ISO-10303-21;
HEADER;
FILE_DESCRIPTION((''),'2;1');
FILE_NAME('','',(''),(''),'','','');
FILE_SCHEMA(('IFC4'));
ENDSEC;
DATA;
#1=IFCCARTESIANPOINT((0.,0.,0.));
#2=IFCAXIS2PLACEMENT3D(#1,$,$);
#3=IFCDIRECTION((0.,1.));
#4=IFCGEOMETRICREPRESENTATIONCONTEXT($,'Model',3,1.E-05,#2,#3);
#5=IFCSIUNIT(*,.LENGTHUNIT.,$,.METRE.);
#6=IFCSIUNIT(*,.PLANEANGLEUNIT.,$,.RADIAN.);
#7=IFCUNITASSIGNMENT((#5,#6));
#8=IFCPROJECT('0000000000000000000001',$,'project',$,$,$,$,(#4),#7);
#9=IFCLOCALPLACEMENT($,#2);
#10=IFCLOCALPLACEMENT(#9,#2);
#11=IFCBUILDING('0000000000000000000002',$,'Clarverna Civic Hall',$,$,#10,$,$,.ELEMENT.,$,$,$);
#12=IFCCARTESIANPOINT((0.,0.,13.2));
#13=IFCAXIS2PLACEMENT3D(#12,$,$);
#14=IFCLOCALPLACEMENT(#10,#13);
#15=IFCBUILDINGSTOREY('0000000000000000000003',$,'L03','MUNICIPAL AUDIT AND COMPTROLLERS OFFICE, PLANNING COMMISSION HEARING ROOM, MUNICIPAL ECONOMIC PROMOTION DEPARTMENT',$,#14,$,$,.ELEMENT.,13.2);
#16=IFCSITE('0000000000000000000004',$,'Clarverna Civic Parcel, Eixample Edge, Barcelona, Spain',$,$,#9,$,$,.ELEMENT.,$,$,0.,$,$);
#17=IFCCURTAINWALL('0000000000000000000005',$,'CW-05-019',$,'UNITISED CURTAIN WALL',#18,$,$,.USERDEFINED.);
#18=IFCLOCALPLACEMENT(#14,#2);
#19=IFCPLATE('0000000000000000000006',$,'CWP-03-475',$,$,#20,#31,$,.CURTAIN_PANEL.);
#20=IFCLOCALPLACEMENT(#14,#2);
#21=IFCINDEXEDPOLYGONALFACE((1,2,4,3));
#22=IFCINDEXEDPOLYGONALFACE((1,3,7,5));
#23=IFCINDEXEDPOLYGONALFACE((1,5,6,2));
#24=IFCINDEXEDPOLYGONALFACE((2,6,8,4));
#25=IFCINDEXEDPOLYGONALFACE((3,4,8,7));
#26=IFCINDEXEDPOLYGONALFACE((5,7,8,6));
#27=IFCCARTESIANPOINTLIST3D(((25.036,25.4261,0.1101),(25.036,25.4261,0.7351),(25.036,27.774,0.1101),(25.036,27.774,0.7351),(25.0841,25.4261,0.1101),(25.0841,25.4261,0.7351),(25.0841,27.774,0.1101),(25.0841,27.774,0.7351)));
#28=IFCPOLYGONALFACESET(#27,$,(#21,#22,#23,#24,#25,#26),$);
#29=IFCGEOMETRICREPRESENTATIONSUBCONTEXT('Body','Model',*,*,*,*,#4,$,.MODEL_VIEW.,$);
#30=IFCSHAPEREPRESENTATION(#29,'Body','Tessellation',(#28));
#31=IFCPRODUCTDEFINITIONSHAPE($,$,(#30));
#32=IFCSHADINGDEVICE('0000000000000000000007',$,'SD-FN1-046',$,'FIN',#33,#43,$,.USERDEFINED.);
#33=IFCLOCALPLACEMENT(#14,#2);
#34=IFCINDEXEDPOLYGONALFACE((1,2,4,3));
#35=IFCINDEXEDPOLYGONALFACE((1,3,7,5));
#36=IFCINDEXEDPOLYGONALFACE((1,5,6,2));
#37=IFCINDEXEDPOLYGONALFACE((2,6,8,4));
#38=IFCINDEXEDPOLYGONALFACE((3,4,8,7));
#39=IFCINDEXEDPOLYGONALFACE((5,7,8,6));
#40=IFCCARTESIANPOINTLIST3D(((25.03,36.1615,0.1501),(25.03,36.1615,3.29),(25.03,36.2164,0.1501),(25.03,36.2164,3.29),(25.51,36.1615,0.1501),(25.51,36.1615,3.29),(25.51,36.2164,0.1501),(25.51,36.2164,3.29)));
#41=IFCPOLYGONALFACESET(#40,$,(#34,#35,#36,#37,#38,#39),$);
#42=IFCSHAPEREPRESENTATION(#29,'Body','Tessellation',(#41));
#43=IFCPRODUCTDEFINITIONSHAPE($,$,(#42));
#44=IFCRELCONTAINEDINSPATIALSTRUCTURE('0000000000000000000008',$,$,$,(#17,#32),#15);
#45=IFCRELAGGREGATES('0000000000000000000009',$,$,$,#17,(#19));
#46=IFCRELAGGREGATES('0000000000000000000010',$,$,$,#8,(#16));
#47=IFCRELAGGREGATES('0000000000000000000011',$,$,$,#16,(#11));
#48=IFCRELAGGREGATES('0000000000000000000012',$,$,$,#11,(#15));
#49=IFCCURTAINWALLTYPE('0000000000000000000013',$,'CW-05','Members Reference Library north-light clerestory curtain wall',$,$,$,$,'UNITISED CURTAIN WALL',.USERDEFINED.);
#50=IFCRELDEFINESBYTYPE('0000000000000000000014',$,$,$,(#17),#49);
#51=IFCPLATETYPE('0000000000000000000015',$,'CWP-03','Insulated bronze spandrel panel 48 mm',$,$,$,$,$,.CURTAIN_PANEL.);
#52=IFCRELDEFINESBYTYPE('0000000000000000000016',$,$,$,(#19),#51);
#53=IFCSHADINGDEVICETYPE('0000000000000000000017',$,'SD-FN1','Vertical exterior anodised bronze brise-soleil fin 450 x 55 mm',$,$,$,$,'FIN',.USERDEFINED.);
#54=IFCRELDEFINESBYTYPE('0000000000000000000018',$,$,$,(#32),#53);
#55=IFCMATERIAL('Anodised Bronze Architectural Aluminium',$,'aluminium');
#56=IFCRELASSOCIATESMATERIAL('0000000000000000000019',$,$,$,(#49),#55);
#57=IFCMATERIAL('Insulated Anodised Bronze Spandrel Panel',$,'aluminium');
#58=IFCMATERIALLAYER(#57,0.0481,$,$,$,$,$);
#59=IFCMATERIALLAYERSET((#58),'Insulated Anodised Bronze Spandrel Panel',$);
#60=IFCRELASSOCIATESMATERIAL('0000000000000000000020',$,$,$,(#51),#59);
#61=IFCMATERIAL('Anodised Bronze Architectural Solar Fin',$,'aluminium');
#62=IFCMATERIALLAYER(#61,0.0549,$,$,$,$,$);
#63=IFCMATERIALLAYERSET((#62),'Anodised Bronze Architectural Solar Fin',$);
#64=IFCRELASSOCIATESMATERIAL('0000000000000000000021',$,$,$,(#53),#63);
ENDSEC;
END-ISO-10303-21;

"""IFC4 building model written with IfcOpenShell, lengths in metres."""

from ifc_helpers import new_model, si_unit, direction, frame, frame_2d, origin, place, context, subcontext, project, spatial, rectangle, extrude, material, layer, layer_set, type_object, element, aggregate, save


model = new_model("IFC4")

# Units and contexts
model_context = context("Model", 3, precision=1e-05, world=origin(), true_north=direction((0.0, 1.0)))
body_context = subcontext(model_context, "Body", "Model", "MODEL_VIEW")
ifc_project = project(units=[si_unit("LENGTHUNIT", "METRE"), si_unit("PLANEANGLEUNIT", "RADIAN")], contexts=[model_context])

# Site, building, storey
site_placement = place(None, origin())
site = spatial("IfcSite", under=ifc_project, at=site_placement, Name="Clarverna Civic Parcel, Eixample Edge, Barcelona, Spain", CompositionType="ELEMENT", RefElevation=0.0)
building_placement = place(site_placement, origin())
building = spatial("IfcBuilding", under=site, at=building_placement, Name="Clarverna Civic Hall", CompositionType="ELEMENT")
storey_placement = place(building_placement, frame((0.0, 0.0, 13.2)))
storey = spatial("IfcBuildingStorey", under=building, at=storey_placement, Name="L03", Description="MUNICIPAL AUDIT AND COMPTROLLERS OFFICE, PLANNING COMMISSION HEARING ROOM, MUNICIPAL ECONOMIC PROMOTION DEPARTMENT", CompositionType="ELEMENT", Elevation=13.2)

# Shared definitions
ifc_material_1 = material(Name="Anodised Bronze Architectural Aluminium", Category="aluminium")
curtain_wall_type = type_object("IfcCurtainWallType", Name="CW-05", Description="Members Reference Library north-light clerestory curtain wall", ElementType="UNITISED CURTAIN WALL", PredefinedType="USERDEFINED", material=ifc_material_1)

# Curtain wall
curtain_wall_1_placement = place(storey_placement, origin())
curtain_wall_1 = element("IfcCurtainWall", 1, at=curtain_wall_1_placement, inside=storey, type_object=curtain_wall_type, Name="CW-05-019", ObjectType="UNITISED CURTAIN WALL", PredefinedType="USERDEFINED")

# Plate
ifc_material_2 = material(Name="Insulated Anodised Bronze Spandrel Panel", Category="aluminium")
ifc_layer_1 = layer(ifc_material_2, 0.0481)
ifc_layer_set_1 = layer_set([ifc_layer_1], Name="Insulated Anodised Bronze Spandrel Panel")
plate_type_1 = type_object("IfcPlateType", Name="CWP-03", Description="Insulated bronze spandrel panel 48 mm", PredefinedType="CURTAIN_PANEL", material=ifc_layer_set_1)
plate_1_placement = place(storey_placement, frame((25.0601, 27.7739, 0.1101), z_axis=(0.0, 0.0, 1.0), x_axis=(0.0, -1.0, 0.0)))
plate_1 = element("IfcPlate", 2, at=plate_1_placement, type_object=plate_type_1, Name="CWP-03-475", PredefinedType="CURTAIN_PANEL", context=body_context, shape_type="SweptSolid", body=[
    extrude(rectangle(XDim=2.3479, YDim=0.0481, at=frame_2d((1.1738, 0.0))), origin(), (0.0, 0.0, 1.0), 0.625),
])
aggregate(curtain_wall_1, [plate_1])

# Shading device
ifc_material_3 = material(Name="Anodised Bronze Architectural Solar Fin", Category="aluminium")
ifc_layer_2 = layer(ifc_material_3, 0.0549)
ifc_layer_set_2 = layer_set([ifc_layer_2], Name="Anodised Bronze Architectural Solar Fin")
shading_device_type = type_object("IfcShadingDeviceType", Name="SD-FN1", Description="Vertical exterior anodised bronze brise-soleil fin 450 x 55 mm", ElementType="FIN", PredefinedType="USERDEFINED", material=ifc_layer_set_2)
shading_device_placement = place(storey_placement, frame((25.03, 36.189, 0.1501), z_axis=(0.0, 0.0, 1.0), x_axis=(1.0, 0.0, 0.0)))
element("IfcShadingDevice", 3, at=shading_device_placement, inside=storey, type_object=shading_device_type, Name="SD-FN1-046", ObjectType="FIN", PredefinedType="USERDEFINED", context=body_context, shape_type="SweptSolid", body=[
    extrude(rectangle(XDim=0.48, YDim=0.0549, at=frame_2d((0.24, 0.0))), origin(), (0.0, 0.0, 1.0), 3.1399),
])

save(model, "model.ifc")
